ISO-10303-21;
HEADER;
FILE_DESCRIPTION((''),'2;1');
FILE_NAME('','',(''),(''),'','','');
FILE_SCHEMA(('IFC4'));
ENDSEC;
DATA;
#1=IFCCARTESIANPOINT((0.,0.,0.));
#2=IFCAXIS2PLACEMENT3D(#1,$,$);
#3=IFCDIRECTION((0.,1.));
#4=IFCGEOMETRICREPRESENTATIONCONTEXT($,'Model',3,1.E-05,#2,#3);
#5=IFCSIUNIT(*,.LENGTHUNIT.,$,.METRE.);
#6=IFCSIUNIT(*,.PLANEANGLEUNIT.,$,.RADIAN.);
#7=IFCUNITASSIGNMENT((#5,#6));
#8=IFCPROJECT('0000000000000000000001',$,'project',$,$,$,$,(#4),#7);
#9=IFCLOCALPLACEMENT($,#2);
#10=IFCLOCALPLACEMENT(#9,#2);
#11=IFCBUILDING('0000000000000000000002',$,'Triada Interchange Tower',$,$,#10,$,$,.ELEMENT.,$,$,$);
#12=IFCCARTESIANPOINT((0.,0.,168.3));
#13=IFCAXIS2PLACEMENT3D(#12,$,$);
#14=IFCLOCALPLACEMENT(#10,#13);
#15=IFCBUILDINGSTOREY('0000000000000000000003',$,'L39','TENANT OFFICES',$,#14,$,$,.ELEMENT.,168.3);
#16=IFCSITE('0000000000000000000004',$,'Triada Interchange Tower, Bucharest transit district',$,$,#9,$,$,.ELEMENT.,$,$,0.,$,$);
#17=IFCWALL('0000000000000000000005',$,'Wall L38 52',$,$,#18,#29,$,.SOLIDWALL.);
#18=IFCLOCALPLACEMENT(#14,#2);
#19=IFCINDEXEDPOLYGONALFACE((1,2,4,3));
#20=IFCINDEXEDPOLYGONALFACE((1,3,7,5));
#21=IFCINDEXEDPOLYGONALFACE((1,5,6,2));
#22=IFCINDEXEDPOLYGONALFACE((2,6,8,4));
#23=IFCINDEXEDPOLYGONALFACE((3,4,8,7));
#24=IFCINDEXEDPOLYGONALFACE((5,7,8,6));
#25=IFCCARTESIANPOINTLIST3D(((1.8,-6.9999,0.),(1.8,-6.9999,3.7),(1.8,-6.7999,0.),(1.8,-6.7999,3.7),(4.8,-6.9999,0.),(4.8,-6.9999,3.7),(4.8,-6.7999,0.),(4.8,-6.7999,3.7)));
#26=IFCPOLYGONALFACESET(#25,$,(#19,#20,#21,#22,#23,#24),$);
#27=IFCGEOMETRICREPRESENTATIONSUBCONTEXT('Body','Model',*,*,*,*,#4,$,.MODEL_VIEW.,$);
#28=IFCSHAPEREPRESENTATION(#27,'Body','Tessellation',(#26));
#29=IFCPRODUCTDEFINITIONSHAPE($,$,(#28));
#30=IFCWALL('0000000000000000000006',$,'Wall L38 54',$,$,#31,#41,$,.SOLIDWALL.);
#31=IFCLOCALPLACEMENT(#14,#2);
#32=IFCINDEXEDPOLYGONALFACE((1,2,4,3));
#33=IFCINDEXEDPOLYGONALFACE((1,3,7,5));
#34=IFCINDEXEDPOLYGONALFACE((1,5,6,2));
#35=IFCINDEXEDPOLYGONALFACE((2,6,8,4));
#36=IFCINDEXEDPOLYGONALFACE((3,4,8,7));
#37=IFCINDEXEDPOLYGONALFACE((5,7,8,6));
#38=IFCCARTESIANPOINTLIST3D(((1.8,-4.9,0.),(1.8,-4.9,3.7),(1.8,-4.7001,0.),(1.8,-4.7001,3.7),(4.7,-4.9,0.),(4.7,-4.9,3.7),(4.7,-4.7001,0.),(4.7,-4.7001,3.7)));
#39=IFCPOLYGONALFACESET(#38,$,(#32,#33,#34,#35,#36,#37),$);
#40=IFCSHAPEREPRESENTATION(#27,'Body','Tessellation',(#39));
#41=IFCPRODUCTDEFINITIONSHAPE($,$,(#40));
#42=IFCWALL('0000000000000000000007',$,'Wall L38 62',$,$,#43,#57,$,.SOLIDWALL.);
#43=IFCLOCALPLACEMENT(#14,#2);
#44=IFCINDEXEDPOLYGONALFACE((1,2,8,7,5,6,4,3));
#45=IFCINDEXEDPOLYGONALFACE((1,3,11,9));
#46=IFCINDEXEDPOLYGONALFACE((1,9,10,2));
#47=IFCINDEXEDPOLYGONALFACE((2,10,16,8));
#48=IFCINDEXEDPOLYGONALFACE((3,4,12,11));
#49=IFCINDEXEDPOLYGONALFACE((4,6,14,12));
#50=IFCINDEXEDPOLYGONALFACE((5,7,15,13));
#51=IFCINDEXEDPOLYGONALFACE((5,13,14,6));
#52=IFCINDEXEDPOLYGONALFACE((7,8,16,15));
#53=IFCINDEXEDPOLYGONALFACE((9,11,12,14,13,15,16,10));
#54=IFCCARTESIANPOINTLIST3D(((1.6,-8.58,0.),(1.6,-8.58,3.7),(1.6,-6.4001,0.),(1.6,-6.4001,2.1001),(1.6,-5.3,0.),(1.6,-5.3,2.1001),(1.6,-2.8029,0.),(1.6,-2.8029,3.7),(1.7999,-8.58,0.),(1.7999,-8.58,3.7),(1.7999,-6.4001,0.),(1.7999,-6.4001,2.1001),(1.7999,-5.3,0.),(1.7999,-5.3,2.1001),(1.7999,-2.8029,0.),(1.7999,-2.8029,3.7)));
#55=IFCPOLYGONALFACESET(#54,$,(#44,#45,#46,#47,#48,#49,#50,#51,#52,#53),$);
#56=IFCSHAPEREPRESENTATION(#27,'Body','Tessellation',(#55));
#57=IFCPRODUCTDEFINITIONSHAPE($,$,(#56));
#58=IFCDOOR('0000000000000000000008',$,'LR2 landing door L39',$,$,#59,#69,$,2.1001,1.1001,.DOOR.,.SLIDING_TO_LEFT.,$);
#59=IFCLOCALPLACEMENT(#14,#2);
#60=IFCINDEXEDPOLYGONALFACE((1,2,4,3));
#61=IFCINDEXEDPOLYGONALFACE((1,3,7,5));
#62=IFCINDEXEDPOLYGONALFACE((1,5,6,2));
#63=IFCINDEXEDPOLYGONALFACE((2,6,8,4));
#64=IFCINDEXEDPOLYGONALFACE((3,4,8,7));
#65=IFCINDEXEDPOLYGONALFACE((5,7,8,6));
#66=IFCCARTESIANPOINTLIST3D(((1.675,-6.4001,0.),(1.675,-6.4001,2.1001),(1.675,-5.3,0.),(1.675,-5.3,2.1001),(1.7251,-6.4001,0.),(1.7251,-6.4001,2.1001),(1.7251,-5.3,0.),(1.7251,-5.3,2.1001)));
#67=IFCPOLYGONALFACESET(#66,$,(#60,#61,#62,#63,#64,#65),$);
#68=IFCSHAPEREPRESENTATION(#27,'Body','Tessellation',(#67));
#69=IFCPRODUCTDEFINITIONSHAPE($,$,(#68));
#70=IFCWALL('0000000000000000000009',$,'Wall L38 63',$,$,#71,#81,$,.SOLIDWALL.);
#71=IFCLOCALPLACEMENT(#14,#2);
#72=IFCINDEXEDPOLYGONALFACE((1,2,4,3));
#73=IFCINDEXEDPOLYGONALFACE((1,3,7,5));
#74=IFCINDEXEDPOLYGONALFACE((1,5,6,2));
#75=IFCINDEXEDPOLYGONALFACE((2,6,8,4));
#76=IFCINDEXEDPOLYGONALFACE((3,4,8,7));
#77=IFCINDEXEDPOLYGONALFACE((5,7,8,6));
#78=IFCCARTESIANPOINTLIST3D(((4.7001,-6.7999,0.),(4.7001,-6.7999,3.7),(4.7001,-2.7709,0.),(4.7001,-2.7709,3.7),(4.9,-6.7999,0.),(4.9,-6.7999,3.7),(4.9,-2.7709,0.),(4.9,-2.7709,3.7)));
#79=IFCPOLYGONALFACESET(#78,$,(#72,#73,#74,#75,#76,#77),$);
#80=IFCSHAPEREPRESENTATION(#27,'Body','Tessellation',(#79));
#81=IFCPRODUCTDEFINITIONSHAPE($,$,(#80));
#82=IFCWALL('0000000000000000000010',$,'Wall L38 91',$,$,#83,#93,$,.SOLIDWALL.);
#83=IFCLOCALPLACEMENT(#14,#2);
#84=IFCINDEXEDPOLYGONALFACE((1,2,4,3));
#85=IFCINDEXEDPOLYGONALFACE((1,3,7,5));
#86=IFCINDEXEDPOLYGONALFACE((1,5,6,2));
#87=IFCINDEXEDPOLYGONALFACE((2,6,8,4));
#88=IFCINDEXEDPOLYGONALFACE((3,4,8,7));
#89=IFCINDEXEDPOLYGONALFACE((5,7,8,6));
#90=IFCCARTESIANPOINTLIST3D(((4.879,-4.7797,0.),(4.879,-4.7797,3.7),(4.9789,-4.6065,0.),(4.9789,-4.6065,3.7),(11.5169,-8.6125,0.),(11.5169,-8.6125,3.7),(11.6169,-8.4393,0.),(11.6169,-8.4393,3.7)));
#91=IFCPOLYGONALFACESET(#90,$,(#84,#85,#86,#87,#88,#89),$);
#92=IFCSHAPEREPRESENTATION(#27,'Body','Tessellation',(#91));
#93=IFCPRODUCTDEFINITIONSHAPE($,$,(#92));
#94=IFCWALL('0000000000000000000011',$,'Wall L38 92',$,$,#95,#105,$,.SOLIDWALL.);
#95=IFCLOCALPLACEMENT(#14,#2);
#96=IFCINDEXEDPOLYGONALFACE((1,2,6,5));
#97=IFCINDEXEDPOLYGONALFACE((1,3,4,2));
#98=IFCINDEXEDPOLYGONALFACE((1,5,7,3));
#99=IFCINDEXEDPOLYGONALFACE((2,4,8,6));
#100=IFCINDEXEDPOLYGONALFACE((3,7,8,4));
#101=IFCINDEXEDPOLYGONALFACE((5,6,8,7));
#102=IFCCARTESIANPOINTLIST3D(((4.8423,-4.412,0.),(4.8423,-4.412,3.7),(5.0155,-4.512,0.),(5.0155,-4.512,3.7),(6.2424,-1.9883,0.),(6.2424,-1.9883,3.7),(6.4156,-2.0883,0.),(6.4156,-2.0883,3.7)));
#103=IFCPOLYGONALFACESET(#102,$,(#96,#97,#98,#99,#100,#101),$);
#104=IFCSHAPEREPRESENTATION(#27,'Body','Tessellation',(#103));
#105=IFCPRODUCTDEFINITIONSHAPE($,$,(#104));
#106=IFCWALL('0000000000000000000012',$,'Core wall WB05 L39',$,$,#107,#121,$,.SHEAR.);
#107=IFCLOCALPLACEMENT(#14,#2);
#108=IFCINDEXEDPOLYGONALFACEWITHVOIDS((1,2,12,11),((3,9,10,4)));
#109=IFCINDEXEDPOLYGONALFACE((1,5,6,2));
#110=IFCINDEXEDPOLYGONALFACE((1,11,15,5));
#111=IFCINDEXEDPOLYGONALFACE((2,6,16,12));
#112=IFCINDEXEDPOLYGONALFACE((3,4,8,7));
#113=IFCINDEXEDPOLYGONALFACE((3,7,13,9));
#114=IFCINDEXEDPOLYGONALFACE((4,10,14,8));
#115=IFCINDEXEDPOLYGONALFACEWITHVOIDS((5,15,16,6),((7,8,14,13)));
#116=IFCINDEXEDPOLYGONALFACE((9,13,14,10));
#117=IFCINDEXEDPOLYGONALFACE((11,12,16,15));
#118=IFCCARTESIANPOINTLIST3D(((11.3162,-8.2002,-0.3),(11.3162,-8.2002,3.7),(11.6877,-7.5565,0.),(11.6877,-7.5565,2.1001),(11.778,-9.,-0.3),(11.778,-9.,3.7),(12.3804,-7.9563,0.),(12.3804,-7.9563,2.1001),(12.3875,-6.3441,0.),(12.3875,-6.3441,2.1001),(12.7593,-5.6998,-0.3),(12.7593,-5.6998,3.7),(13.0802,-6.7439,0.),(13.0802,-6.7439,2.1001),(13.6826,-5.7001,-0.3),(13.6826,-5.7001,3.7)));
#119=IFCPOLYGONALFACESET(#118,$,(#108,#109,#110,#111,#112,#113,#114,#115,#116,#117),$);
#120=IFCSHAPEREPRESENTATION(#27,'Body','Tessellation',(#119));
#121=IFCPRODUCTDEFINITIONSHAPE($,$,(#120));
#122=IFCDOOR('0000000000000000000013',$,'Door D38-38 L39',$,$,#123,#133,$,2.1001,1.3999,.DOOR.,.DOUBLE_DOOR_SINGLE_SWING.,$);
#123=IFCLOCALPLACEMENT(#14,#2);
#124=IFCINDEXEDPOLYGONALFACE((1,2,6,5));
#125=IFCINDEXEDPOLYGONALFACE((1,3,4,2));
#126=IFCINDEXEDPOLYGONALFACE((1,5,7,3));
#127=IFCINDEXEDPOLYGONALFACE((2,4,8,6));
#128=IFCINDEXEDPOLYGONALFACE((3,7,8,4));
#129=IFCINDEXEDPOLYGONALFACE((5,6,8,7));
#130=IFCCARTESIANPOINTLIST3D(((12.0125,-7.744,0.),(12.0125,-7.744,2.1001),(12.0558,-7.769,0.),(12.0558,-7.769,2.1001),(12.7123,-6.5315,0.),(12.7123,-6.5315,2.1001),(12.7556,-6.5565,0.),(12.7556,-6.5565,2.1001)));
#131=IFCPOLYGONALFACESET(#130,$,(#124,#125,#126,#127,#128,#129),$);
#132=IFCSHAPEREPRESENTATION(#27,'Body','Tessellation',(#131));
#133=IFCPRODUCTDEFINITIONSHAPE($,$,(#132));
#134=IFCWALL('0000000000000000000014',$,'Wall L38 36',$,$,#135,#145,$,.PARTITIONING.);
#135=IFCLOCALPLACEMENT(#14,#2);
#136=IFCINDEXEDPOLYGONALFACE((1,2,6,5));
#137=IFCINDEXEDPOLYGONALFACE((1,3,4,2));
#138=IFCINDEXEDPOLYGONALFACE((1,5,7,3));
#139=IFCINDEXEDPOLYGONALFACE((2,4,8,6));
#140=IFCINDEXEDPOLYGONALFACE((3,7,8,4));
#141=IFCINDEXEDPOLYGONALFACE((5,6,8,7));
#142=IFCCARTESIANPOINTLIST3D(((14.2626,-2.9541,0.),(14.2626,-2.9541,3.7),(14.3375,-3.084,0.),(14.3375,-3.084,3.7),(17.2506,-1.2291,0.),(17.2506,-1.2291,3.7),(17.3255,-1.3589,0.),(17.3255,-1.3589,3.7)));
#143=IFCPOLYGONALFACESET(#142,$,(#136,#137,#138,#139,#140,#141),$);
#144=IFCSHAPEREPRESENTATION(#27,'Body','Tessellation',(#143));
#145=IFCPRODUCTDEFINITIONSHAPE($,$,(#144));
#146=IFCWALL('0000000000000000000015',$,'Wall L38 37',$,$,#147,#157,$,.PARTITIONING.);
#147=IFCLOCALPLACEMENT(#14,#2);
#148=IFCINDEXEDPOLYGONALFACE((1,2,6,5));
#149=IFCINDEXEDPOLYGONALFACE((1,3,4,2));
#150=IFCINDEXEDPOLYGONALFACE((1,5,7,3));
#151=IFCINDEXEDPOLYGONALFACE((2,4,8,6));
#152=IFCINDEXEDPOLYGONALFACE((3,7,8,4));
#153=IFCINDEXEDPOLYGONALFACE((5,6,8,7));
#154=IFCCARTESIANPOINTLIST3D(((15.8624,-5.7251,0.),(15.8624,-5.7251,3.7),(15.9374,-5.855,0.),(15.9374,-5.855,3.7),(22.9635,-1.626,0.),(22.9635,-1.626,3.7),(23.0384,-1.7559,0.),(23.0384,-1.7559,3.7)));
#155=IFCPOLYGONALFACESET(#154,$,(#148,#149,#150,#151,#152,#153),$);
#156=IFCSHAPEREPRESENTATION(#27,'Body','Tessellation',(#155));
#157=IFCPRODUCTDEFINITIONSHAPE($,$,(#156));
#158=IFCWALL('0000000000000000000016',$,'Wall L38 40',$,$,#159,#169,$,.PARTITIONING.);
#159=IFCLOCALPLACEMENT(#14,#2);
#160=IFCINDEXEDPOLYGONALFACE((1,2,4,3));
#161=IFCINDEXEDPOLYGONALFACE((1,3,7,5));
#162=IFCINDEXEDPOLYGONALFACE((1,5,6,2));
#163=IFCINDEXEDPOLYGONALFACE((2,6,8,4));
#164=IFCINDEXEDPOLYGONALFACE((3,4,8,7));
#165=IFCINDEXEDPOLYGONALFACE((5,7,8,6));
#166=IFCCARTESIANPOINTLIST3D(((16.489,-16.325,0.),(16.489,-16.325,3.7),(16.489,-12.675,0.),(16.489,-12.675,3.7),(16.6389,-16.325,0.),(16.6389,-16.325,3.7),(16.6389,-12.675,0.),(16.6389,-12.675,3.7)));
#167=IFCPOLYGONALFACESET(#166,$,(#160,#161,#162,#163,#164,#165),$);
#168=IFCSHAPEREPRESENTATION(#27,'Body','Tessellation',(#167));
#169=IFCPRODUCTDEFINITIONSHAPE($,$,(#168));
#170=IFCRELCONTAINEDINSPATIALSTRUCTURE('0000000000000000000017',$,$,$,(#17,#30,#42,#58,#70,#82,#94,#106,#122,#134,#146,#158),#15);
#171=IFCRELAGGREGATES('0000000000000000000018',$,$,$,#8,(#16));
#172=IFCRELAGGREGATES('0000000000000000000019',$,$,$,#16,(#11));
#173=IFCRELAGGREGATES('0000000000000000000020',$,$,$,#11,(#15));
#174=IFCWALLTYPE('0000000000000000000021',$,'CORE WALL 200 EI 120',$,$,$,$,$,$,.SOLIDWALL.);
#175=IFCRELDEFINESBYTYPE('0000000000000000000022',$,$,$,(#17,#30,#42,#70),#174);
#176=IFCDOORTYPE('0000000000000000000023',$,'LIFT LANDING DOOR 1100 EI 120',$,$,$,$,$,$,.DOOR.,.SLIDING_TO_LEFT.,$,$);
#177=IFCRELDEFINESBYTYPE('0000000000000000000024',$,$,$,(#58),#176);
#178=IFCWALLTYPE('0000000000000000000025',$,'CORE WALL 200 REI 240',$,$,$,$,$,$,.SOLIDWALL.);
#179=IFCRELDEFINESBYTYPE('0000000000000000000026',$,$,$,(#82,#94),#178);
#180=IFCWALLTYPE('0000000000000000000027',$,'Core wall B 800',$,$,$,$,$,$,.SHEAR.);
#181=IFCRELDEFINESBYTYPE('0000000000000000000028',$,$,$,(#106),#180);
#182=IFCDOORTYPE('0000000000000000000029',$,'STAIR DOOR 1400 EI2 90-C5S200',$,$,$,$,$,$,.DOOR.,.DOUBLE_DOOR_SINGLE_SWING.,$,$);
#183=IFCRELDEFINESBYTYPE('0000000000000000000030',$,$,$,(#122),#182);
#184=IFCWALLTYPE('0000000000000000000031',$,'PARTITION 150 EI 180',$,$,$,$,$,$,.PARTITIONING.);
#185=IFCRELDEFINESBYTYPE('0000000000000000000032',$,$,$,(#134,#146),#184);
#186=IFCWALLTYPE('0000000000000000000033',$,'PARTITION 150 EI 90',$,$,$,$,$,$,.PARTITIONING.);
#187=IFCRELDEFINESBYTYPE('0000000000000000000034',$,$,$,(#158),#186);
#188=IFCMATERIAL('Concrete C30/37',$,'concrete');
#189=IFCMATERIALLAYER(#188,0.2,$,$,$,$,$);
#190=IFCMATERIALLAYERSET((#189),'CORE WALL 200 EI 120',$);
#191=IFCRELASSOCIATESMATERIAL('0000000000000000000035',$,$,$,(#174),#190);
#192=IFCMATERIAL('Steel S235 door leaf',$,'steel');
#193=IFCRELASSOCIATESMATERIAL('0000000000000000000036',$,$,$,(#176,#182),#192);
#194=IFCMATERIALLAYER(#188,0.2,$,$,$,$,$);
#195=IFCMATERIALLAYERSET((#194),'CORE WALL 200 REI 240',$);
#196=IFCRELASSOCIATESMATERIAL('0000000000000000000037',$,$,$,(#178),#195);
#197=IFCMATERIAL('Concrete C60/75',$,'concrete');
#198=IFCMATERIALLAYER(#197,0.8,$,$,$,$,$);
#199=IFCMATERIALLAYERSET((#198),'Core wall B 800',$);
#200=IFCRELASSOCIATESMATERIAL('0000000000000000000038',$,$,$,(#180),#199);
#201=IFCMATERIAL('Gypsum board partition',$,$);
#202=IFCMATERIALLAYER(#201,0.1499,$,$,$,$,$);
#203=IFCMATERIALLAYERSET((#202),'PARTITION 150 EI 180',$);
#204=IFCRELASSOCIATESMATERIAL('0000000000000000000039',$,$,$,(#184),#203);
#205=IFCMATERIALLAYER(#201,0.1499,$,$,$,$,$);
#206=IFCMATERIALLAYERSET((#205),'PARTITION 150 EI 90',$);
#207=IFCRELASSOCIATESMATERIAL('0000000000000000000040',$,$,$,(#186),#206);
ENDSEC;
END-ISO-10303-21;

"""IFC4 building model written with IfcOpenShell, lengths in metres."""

from ifc_helpers import new_model, si_unit, direction, frame, frame_2d, origin, place, context, subcontext, project, spatial, polyline, rectangle, outline, extrude, material, layer, layer_set, type_object, element, fill, save


model = new_model("IFC4")

# Units and contexts
model_context = context("Model", 3, precision=1e-05, world=origin(), true_north=direction((0.0, 1.0)))
body_context = subcontext(model_context, "Body", "Model", "MODEL_VIEW")
ifc_project = project(units=[si_unit("LENGTHUNIT", "METRE"), si_unit("PLANEANGLEUNIT", "RADIAN")], contexts=[model_context])

# Site, building, storey
site_placement = place(None, origin())
site = spatial("IfcSite", under=ifc_project, at=site_placement, Name="Triada Interchange Tower, Bucharest transit district", CompositionType="ELEMENT", RefElevation=0.0)
building_placement = place(site_placement, origin())
building = spatial("IfcBuilding", under=site, at=building_placement, Name="Triada Interchange Tower", CompositionType="ELEMENT")
storey_placement = place(building_placement, frame((0.0, 0.0, 168.3)))
storey = spatial("IfcBuildingStorey", under=building, at=storey_placement, Name="L39", Description="TENANT OFFICES", CompositionType="ELEMENT", Elevation=168.3)

# Walls
ifc_material_1 = material(Name="Concrete C30/37", Category="concrete")
ifc_layer_1 = layer(ifc_material_1, 0.2)
ifc_layer_set_1 = layer_set([ifc_layer_1], Name="CORE WALL 200 EI 120")
wall_type_1 = type_object("IfcWallType", Name="CORE WALL 200 EI 120", PredefinedType="SOLIDWALL", material=ifc_layer_set_1)
wall_1_placement = place(storey_placement, frame((1.8, -6.8999, 0.0), z_axis=(0.0, 0.0, 1.0), x_axis=(1.0, 0.0, 0.0)))
element("IfcWall", 1, at=wall_1_placement, inside=storey, type_object=wall_type_1, Name="Wall L38 52", PredefinedType="SOLIDWALL", context=body_context, shape_type="SweptSolid", body=[
    extrude(rectangle(XDim=3.0, YDim=0.2, at=frame_2d((1.5, 0.0))), origin(), (0.0, 0.0, 1.0), 3.7),
])
wall_2_placement = place(storey_placement, frame((1.8, -4.8, 0.0), z_axis=(0.0, 0.0, 1.0), x_axis=(1.0, 0.0, 0.0)))
element("IfcWall", 2, at=wall_2_placement, inside=storey, type_object=wall_type_1, Name="Wall L38 54", PredefinedType="SOLIDWALL", context=body_context, shape_type="SweptSolid", body=[
    extrude(rectangle(XDim=2.8999, YDim=0.2, at=frame_2d((1.45, 0.0))), origin(), (0.0, 0.0, 1.0), 3.7),
])

# Wall, opening, door
wall_3_placement = place(storey_placement, frame((1.7, -8.5801, 0.0), z_axis=(0.0, 0.0, 1.0), x_axis=(0.0, 1.0, 0.0)))
wall_3 = element("IfcWall", 3, at=wall_3_placement, inside=storey, type_object=wall_type_1, Name="Wall L38 62", PredefinedType="SOLIDWALL", context=body_context, shape_type="SweptSolid", body=[
    extrude(rectangle(XDim=5.7771, YDim=0.2, at=frame_2d((2.8887, 0.0))), origin(), (0.0, 0.0, 1.0), 3.7),
])
opening_1_placement = place(wall_3_placement, frame((2.1799, 0.0, 0.0)))
opening_1 = element("IfcOpeningElement", 4, at=opening_1_placement, cuts=wall_3, PredefinedType="OPENING", context=body_context, shape_type="SweptSolid", body=[
    extrude(rectangle(XDim=1.1001, YDim=2.1001, at=frame_2d((0.55, 1.05))), frame((0.0, 0.1099, 0.0), z_axis=(0.0, -1.0, 0.0), x_axis=(1.0, 0.0, 0.0)), (0.0, 0.0, 1.0), 0.22),
])
ifc_material_2 = material(Name="Steel S235 door leaf", Category="steel")
door_type_1 = type_object("IfcDoorType", Name="LIFT LANDING DOOR 1100 EI 120", OperationType="SLIDING_TO_LEFT", PredefinedType="DOOR", material=ifc_material_2)
door_1_placement = place(opening_1_placement, origin())
door_1 = element("IfcDoor", 5, at=door_1_placement, inside=storey, type_object=door_type_1, Name="LR2 landing door L39", OperationType="SLIDING_TO_LEFT", OverallHeight=2.1001, OverallWidth=1.1001, PredefinedType="DOOR", context=body_context, shape_type="SweptSolid", body=[
    extrude(rectangle(XDim=1.1001, YDim=2.1001, at=frame_2d((0.55, 1.05))), frame((0.0, 0.0249, 0.0), z_axis=(0.0, -1.0, 0.0), x_axis=(1.0, 0.0, 0.0)), (0.0, 0.0, 1.0), 0.05),
])
fill(opening_1, door_1)

# Walls
wall_4_placement = place(storey_placement, frame((4.8, -6.8, 0.0), z_axis=(0.0, 0.0, 1.0), x_axis=(0.0, 1.0, 0.0)))
element("IfcWall", 6, at=wall_4_placement, inside=storey, type_object=wall_type_1, Name="Wall L38 63", PredefinedType="SOLIDWALL", context=body_context, shape_type="SweptSolid", body=[
    extrude(rectangle(XDim=4.0291, YDim=0.2, at=frame_2d((2.0146, 0.0))), origin(), (0.0, 0.0, 1.0), 3.7),
])
ifc_layer_2 = layer(ifc_material_1, 0.2)
ifc_layer_set_2 = layer_set([ifc_layer_2], Name="CORE WALL 200 REI 240")
wall_type_2 = type_object("IfcWallType", Name="CORE WALL 200 REI 240", PredefinedType="SOLIDWALL", material=ifc_layer_set_2)
wall_5_placement = place(storey_placement, frame((4.929, -4.6931, 0.0), z_axis=(0.0, 0.0, 1.0), x_axis=(0.866006, -0.500034, 0.0)))
element("IfcWall", 7, at=wall_5_placement, inside=storey, type_object=wall_type_2, Name="Wall L38 91", PredefinedType="SOLIDWALL", context=body_context, shape_type="SweptSolid", body=[
    extrude(rectangle(XDim=7.665, YDim=0.2, at=frame_2d((3.8325, 0.0))), origin(), (0.0, 0.0, 1.0), 3.7),
])
wall_6_placement = place(storey_placement, frame((4.929, -4.4619, 0.0), z_axis=(0.0, 0.0, 1.0), x_axis=(0.500201, 0.86591, 0.0)))
element("IfcWall", 8, at=wall_6_placement, inside=storey, type_object=wall_type_2, Name="Wall L38 92", PredefinedType="SOLIDWALL", context=body_context, shape_type="SweptSolid", body=[
    extrude(rectangle(XDim=2.7991, YDim=0.2, at=frame_2d((1.3994, 0.0))), origin(), (0.0, 0.0, 1.0), 3.7),
])

# Wall, opening, door
ifc_material_3 = material(Name="Concrete C60/75", Category="concrete")
ifc_layer_3 = layer(ifc_material_3, 0.8)
ifc_layer_set_3 = layer_set([ifc_layer_3], Name="Core wall B 800")
wall_type_3 = type_object("IfcWallType", Name="Core wall B 800", PredefinedType="SHEAR", material=ifc_layer_set_3)
wall_7_placement = place(storey_placement, frame((11.5471, -8.6001, -0.3), z_axis=(0.0, 0.0, 1.0), x_axis=(0.499872, 0.866099, 0.0)))
wall_7 = element("IfcWall", 9, at=wall_7_placement, inside=storey, type_object=wall_type_3, Name="Core wall WB05 L39", PredefinedType="SHEAR", context=body_context, shape_type="SweptSolid", body=[
    extrude(outline(polyline([(-0.231, -0.3999), (1.6741, -0.3999), (3.5791, -0.3999), (3.1179, 0.3999), (1.6743, 0.3999), (0.231, 0.3999), (-0.231, -0.3999)])), origin(), (0.0, 0.0, 1.0), 4.0),
])
opening_2_placement = place(wall_7_placement, frame((0.9741, 0.0, 0.3)))
opening_2 = element("IfcOpeningElement", 10, at=opening_2_placement, cuts=wall_7, PredefinedType="OPENING", context=body_context, shape_type="SweptSolid", body=[
    extrude(rectangle(XDim=1.3999, YDim=2.1001, at=frame_2d((0.7, 1.05))), frame((0.0, 0.4099, 0.0), z_axis=(0.0, -1.0, 0.0), x_axis=(1.0, 0.0, 0.0)), (0.0, 0.0, 1.0), 0.8201),
])
door_type_2 = type_object("IfcDoorType", Name="STAIR DOOR 1400 EI2 90-C5S200", OperationType="DOUBLE_DOOR_SINGLE_SWING", PredefinedType="DOOR", material=ifc_material_2)
door_2_placement = place(opening_2_placement, origin())
door_2 = element("IfcDoor", 11, at=door_2_placement, inside=storey, type_object=door_type_2, Name="Door D38-38 L39", OperationType="DOUBLE_DOOR_SINGLE_SWING", OverallHeight=2.1001, OverallWidth=1.3999, PredefinedType="DOOR", context=body_context, shape_type="SweptSolid", body=[
    extrude(rectangle(XDim=1.3999, YDim=2.1001, at=frame_2d((0.7, 1.05))), frame((0.0, 0.0249, 0.0), z_axis=(0.0, -1.0, 0.0), x_axis=(1.0, 0.0, 0.0)), (0.0, 0.0, 1.0), 0.05),
])
fill(opening_2, door_2)

# Walls
ifc_material_4 = material(Name="Gypsum board partition")
ifc_layer_4 = layer(ifc_material_4, 0.1499)
ifc_layer_set_4 = layer_set([ifc_layer_4], Name="PARTITION 150 EI 180")
wall_type_4 = type_object("IfcWallType", Name="PARTITION 150 EI 180", PredefinedType="PARTITIONING", material=ifc_layer_set_4)
wall_8_placement = place(storey_placement, frame((14.3, -3.019, 0.0), z_axis=(0.0, 0.0, 1.0), x_axis=(0.866031, 0.49999, 0.0)))
element("IfcWall", 12, at=wall_8_placement, inside=storey, type_object=wall_type_4, Name="Wall L38 36", PredefinedType="PARTITIONING", context=body_context, shape_type="SweptSolid", body=[
    extrude(rectangle(XDim=3.4502, YDim=0.1499, at=frame_2d((1.7251, 0.0))), origin(), (0.0, 0.0, 1.0), 3.7),
])
wall_9_placement = place(storey_placement, frame((15.8999, -5.79, 0.0), z_axis=(0.0, 0.0, 1.0), x_axis=(0.866062, 0.499937, 0.0)))
element("IfcWall", 13, at=wall_9_placement, inside=storey, type_object=wall_type_4, Name="Wall L38 37", PredefinedType="PARTITIONING", context=body_context, shape_type="SweptSolid", body=[
    extrude(rectangle(XDim=8.1992, YDim=0.1499, at=frame_2d((4.0996, 0.0))), origin(), (0.0, 0.0, 1.0), 3.7),
])
ifc_layer_5 = layer(ifc_material_4, 0.1499)
ifc_layer_set_5 = layer_set([ifc_layer_5], Name="PARTITION 150 EI 90")
wall_type_5 = type_object("IfcWallType", Name="PARTITION 150 EI 90", PredefinedType="PARTITIONING", material=ifc_layer_set_5)
wall_10_placement = place(storey_placement, frame((16.564, -16.325, 0.0), z_axis=(0.0, 0.0, 1.0), x_axis=(0.0, 1.0, 0.0)))
element("IfcWall", 14, at=wall_10_placement, inside=storey, type_object=wall_type_5, Name="Wall L38 40", PredefinedType="PARTITIONING", context=body_context, shape_type="SweptSolid", body=[
    extrude(rectangle(XDim=3.6499, YDim=0.1499, at=frame_2d((1.825, 0.0))), origin(), (0.0, 0.0, 1.0), 3.7),
])

save(model, "model.ifc")
